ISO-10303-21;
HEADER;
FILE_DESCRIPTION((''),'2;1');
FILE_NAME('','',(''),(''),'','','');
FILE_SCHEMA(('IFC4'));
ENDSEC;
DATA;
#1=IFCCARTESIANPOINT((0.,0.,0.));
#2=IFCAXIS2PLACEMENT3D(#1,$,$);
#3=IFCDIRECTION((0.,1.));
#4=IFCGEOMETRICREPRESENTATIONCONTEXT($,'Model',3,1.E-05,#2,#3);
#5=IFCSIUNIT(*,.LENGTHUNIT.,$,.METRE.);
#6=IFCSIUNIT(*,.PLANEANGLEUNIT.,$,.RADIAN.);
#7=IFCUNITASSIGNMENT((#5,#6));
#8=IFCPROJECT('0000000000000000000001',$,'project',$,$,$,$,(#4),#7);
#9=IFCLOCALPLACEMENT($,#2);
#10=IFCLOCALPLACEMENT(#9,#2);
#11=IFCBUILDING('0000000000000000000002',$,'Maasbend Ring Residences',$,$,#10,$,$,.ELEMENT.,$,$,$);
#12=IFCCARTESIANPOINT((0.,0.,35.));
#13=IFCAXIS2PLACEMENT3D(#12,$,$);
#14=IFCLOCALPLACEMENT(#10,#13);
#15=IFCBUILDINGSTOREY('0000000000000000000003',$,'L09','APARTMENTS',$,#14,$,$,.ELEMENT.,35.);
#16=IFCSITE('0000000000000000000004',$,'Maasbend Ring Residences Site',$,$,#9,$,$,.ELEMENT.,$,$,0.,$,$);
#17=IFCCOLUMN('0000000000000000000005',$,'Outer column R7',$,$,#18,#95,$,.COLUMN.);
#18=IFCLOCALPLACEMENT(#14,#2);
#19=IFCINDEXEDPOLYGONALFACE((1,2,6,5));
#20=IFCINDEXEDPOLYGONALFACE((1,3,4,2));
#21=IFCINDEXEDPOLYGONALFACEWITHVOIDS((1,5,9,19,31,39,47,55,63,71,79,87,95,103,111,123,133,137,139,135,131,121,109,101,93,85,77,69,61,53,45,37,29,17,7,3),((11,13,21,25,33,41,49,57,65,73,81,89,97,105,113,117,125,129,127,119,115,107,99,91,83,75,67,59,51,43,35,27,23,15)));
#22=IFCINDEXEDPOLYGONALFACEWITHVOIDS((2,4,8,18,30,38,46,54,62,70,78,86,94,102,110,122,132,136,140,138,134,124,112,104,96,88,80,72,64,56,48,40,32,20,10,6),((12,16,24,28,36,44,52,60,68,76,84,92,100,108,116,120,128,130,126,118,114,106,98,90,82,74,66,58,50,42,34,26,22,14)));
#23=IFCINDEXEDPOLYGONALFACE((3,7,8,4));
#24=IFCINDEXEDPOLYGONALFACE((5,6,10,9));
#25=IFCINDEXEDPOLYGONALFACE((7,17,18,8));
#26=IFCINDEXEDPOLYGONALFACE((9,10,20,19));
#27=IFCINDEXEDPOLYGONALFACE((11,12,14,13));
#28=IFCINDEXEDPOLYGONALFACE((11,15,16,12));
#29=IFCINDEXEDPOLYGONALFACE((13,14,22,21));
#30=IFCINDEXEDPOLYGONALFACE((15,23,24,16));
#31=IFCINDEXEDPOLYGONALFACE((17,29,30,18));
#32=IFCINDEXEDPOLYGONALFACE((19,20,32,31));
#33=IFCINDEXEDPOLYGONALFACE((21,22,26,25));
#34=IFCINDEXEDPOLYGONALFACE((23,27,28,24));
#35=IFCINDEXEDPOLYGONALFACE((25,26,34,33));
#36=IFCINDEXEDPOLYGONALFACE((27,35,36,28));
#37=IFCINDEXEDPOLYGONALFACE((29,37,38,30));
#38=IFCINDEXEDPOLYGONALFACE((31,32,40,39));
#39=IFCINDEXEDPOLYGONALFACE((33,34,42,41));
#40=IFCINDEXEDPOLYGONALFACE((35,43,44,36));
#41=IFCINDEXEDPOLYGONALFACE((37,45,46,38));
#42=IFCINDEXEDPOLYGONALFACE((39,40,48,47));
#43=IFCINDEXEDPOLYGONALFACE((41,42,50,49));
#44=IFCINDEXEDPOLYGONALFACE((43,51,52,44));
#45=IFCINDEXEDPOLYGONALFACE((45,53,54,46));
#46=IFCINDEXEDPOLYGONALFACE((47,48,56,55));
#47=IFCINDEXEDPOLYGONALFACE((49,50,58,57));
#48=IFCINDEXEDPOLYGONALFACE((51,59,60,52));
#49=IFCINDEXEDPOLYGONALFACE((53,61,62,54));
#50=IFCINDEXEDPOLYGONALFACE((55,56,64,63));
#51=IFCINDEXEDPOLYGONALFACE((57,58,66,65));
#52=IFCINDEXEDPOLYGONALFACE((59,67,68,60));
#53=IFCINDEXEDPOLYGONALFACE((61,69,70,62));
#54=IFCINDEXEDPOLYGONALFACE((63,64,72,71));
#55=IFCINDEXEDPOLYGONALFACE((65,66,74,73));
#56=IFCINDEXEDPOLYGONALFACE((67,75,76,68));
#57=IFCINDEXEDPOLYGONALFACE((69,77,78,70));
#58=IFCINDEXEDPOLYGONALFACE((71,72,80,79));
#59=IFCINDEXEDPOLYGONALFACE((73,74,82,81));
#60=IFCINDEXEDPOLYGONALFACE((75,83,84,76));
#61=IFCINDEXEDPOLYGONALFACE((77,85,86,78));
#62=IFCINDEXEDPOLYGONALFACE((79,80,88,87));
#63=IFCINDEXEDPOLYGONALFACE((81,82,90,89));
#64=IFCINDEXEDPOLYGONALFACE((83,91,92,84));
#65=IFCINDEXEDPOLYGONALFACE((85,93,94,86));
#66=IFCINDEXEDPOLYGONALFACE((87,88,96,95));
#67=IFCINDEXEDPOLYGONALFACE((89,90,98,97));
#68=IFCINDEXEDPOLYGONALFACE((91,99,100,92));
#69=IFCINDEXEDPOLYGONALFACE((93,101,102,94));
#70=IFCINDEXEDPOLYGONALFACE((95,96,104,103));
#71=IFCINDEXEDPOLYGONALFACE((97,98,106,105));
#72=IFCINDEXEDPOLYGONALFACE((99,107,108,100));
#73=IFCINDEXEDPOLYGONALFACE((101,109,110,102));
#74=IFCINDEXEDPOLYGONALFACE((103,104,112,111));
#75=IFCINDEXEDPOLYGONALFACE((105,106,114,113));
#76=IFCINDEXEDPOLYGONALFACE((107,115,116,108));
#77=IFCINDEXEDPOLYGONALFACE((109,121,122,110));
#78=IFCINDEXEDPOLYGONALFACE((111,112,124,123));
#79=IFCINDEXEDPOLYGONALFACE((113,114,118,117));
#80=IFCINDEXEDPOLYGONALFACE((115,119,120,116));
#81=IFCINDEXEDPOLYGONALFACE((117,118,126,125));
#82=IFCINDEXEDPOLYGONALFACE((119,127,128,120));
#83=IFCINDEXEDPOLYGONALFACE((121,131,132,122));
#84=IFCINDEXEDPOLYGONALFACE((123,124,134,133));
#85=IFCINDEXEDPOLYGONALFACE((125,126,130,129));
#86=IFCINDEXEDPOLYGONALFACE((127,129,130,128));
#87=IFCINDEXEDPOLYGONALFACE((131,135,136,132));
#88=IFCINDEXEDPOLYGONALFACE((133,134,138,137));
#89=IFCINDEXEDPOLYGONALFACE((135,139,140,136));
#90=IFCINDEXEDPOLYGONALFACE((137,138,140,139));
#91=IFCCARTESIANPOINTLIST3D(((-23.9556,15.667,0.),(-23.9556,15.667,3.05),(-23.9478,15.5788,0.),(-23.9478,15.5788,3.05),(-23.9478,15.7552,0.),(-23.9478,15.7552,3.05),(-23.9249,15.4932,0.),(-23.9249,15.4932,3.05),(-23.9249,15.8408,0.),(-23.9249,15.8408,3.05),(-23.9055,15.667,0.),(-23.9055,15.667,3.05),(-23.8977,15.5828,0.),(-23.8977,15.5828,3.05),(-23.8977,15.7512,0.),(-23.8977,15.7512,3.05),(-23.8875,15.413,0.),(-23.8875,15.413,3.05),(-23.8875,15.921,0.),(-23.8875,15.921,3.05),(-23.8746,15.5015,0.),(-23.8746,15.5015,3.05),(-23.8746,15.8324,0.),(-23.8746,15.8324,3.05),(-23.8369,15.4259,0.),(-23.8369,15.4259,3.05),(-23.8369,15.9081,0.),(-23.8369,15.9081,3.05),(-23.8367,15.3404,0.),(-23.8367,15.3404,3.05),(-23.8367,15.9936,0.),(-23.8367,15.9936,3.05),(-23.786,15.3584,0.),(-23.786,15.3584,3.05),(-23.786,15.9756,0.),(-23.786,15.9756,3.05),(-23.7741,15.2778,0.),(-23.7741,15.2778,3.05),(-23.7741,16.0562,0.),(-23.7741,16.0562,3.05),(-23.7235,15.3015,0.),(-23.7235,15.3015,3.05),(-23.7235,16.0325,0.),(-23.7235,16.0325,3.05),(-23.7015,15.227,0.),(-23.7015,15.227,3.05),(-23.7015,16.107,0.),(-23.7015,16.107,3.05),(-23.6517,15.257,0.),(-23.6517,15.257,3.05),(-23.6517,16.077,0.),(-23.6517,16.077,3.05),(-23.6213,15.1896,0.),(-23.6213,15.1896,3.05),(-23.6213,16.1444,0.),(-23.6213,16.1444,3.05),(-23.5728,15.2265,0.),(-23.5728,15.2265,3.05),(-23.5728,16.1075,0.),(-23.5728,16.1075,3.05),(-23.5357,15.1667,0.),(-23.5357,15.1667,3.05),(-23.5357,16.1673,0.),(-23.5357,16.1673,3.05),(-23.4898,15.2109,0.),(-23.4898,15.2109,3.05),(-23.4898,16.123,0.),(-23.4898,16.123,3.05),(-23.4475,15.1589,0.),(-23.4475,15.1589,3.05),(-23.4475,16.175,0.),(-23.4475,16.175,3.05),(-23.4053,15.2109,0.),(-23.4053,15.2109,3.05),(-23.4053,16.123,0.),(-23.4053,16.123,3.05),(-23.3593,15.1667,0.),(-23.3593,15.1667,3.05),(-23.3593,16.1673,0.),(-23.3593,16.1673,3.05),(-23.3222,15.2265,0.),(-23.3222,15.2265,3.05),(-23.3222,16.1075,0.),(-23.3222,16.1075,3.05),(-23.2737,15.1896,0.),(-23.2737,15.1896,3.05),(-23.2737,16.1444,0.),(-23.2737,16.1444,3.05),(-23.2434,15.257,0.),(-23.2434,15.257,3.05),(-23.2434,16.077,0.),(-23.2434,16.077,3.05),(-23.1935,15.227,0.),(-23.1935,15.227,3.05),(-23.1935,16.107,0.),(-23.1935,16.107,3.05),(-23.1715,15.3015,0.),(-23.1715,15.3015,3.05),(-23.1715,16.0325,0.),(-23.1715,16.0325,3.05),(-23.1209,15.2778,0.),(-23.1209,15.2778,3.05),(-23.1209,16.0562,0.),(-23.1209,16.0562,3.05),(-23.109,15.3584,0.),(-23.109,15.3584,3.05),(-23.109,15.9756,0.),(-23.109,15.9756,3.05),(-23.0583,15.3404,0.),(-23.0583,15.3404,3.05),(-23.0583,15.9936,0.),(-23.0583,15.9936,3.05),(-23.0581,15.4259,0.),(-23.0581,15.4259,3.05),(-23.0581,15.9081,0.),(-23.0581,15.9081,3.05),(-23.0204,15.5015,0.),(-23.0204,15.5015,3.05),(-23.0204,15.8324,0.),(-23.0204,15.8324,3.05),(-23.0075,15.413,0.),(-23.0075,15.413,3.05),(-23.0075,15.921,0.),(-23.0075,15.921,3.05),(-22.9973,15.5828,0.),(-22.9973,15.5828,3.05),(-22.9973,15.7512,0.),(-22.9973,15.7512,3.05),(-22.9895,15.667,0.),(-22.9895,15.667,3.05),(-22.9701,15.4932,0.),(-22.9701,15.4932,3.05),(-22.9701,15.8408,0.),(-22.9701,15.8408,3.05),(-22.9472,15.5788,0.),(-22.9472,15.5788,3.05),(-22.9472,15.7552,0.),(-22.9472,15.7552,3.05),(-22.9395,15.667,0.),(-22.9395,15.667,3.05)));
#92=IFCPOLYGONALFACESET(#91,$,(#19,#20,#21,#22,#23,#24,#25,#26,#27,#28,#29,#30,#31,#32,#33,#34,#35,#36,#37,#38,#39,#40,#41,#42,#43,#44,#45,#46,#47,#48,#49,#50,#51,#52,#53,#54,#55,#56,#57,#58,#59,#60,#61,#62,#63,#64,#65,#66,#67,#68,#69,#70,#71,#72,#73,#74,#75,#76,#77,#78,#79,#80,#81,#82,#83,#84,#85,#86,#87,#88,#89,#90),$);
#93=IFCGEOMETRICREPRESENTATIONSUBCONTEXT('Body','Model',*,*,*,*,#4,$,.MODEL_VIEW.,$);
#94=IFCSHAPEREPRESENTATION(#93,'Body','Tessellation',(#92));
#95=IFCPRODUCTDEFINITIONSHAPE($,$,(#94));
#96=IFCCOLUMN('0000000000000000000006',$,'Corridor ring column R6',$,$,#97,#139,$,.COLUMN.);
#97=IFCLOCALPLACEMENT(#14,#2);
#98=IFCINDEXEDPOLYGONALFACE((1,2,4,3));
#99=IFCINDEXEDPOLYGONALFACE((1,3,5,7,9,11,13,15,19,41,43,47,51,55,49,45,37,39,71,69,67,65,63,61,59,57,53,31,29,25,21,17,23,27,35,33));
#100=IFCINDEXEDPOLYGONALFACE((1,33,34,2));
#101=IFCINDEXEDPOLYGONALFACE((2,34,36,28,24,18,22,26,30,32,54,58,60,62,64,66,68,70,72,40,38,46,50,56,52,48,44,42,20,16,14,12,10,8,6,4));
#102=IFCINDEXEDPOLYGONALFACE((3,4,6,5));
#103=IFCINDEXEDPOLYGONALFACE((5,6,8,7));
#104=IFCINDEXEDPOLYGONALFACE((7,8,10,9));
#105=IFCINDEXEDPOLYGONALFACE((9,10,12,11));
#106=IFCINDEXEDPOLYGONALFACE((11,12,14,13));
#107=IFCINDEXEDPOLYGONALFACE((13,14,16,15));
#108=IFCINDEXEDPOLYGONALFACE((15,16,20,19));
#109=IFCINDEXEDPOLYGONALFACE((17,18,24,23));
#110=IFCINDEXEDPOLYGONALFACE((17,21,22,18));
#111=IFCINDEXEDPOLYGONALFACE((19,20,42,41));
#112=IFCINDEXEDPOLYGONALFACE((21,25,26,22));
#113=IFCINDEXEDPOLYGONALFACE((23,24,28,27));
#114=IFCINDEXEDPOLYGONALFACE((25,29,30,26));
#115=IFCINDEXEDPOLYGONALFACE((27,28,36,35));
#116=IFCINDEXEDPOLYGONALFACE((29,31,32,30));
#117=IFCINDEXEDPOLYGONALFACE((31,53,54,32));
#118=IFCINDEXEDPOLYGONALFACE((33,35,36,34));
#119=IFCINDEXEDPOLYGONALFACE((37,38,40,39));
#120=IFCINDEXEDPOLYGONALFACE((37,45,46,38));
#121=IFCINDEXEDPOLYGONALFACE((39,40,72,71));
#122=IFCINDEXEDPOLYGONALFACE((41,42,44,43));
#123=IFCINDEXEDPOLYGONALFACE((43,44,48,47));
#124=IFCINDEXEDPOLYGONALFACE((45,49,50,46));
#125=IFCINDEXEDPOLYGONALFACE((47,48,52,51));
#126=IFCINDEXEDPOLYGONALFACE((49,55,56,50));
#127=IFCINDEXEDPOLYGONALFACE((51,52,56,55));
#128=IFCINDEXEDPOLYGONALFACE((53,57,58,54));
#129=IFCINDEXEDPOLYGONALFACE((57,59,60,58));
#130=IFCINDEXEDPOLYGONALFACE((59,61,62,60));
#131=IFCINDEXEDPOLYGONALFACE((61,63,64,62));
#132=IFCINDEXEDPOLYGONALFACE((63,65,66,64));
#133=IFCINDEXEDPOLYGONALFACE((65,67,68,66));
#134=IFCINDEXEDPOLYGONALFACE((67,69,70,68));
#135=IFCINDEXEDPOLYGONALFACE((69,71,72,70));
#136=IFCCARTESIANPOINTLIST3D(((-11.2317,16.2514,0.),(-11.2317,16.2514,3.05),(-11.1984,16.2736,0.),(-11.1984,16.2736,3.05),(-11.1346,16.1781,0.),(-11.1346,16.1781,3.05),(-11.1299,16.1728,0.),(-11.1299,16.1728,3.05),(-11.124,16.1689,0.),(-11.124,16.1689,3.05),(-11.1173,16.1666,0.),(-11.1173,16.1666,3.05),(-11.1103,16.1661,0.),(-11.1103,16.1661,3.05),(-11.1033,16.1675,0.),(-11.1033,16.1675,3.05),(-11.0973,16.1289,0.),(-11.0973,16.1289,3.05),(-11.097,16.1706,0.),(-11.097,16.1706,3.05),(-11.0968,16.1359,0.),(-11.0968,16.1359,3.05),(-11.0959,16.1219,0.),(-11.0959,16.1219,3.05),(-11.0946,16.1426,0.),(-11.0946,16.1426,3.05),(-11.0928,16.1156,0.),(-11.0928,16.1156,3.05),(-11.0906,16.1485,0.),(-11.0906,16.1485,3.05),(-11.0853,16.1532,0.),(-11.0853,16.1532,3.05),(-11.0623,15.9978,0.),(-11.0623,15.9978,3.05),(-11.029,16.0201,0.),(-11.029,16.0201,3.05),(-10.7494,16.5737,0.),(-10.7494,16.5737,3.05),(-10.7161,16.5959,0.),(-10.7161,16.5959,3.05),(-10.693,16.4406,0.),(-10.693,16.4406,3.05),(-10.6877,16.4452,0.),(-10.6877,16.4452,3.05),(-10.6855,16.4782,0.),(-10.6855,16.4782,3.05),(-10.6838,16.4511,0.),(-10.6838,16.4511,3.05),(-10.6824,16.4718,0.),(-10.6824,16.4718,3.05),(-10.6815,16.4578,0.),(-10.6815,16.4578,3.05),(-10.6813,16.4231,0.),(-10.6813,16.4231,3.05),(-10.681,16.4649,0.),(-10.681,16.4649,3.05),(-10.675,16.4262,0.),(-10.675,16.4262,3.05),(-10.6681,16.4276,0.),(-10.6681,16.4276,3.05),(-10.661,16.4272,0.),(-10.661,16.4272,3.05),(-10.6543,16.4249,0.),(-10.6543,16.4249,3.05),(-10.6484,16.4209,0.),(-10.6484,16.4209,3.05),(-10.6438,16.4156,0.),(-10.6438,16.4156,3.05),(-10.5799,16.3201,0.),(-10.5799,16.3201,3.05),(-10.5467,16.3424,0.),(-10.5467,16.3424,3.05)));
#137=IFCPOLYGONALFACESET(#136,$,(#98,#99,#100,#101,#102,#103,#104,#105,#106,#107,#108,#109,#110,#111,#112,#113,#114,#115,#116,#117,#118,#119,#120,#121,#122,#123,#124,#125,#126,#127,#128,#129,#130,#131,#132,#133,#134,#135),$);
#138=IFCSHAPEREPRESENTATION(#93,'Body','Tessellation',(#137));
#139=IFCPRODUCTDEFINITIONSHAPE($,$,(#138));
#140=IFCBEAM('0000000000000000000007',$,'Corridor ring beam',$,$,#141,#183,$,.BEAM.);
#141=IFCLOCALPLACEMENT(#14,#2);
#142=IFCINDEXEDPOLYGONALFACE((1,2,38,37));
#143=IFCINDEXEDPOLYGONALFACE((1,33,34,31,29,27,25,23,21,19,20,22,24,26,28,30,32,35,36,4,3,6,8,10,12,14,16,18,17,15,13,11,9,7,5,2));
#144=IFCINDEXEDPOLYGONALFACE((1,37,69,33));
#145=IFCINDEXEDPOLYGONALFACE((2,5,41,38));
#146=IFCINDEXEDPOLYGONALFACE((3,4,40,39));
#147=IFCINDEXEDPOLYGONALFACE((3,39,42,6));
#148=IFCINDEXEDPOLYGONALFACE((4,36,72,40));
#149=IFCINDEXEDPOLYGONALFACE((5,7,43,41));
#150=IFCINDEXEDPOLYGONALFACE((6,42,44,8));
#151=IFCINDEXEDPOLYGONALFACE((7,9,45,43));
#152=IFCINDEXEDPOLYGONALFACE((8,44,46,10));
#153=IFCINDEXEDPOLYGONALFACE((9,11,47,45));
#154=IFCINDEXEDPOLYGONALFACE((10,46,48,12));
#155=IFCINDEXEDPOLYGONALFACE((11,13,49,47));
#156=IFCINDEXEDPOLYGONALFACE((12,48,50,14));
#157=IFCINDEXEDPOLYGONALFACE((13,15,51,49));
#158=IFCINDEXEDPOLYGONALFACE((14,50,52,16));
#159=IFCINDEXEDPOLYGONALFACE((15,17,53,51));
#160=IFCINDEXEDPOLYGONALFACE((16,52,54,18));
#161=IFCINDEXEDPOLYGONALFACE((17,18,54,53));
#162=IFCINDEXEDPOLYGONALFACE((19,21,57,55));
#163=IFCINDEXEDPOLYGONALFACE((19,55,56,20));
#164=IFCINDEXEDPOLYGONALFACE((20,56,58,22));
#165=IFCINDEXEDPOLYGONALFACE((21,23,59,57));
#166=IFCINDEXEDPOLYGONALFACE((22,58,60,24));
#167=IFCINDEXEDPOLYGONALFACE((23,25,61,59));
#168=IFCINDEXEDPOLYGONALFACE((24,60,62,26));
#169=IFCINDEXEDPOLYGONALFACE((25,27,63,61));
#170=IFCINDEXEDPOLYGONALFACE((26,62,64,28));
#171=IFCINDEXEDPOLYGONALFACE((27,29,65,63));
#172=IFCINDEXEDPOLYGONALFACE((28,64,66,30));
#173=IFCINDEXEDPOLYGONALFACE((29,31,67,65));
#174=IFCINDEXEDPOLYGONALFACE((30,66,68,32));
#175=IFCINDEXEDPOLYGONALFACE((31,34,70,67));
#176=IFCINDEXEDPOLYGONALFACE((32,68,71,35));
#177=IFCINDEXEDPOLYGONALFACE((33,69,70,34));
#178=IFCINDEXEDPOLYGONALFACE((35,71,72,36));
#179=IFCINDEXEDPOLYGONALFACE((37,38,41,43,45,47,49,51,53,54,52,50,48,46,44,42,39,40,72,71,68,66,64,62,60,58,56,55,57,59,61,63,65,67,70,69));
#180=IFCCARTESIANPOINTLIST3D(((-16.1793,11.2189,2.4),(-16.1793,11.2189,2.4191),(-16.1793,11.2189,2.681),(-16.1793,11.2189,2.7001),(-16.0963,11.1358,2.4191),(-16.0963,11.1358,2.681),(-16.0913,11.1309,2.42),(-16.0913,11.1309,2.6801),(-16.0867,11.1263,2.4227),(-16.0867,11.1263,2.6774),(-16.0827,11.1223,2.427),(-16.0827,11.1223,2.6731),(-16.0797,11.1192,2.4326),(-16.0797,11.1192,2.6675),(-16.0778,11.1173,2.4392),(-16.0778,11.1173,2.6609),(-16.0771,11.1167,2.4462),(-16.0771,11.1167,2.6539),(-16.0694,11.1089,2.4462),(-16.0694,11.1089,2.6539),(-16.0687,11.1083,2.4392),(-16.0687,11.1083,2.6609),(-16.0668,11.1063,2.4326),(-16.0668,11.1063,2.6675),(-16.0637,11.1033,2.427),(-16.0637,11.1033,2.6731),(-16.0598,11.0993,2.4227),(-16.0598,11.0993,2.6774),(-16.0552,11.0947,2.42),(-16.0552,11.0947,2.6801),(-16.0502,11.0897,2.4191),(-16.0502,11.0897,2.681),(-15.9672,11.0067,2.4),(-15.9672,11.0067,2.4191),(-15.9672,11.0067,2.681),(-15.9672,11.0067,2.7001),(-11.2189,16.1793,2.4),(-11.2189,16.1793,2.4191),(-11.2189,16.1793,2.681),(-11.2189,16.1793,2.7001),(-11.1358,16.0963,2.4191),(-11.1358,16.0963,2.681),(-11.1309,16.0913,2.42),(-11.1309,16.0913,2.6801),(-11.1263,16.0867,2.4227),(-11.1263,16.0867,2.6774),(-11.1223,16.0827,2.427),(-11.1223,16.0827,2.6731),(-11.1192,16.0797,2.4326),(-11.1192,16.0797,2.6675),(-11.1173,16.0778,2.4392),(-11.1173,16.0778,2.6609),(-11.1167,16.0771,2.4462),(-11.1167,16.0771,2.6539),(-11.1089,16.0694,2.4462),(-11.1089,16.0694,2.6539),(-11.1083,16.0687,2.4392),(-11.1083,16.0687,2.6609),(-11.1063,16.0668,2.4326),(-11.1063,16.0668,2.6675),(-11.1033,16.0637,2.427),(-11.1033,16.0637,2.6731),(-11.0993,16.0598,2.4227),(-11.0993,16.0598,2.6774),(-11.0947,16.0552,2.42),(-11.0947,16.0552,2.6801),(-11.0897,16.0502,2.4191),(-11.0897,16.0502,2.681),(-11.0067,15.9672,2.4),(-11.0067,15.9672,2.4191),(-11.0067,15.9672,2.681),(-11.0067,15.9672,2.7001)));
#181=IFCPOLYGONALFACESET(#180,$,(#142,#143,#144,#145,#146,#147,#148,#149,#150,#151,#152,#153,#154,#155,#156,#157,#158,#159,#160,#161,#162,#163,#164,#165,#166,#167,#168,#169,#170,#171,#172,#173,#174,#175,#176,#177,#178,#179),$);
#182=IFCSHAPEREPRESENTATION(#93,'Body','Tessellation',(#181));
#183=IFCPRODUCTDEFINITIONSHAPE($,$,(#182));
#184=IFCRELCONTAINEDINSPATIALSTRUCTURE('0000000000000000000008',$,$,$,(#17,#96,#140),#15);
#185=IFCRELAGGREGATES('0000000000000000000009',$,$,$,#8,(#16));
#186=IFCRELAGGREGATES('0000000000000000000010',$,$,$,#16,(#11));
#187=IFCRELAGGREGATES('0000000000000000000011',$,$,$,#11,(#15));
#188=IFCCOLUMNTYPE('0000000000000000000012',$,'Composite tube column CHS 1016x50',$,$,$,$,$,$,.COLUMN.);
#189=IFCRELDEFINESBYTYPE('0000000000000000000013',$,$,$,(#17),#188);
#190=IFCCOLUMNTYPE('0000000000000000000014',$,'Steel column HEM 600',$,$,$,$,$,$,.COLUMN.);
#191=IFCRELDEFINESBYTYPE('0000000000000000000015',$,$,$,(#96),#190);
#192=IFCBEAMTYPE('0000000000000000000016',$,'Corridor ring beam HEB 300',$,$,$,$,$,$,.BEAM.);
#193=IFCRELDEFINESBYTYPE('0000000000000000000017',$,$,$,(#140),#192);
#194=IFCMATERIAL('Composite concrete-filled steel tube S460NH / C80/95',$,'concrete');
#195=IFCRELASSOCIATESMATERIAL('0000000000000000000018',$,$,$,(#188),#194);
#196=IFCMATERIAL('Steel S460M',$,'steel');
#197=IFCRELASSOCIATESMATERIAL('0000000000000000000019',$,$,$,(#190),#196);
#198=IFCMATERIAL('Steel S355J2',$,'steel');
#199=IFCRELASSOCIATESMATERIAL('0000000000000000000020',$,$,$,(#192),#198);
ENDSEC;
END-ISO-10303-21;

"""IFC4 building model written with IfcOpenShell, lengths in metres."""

from ifc_helpers import new_model, si_unit, direction, frame, origin, origin_2d, place, context, subcontext, project, spatial, hollow_circle, i_section, extrude, material, material_profile, profile_set, type_object, element, save


model = new_model("IFC4")

# Units and contexts
model_context = context("Model", 3, precision=1e-05, world=origin(), true_north=direction((0.0, 1.0)))
body_context = subcontext(model_context, "Body", "Model", "MODEL_VIEW")
ifc_project = project(units=[si_unit("LENGTHUNIT", "METRE"), si_unit("PLANEANGLEUNIT", "RADIAN")], contexts=[model_context])

# Site, building, storey
site_placement = place(None, origin())
site = spatial("IfcSite", under=ifc_project, at=site_placement, Name="Maasbend Ring Residences Site", CompositionType="ELEMENT", RefElevation=0.0)
building_placement = place(site_placement, origin())
building = spatial("IfcBuilding", under=site, at=building_placement, Name="Maasbend Ring Residences", CompositionType="ELEMENT")
storey_placement = place(building_placement, frame((0.0, 0.0, 35.0)))
storey = spatial("IfcBuildingStorey", under=building, at=storey_placement, Name="L09", Description="APARTMENTS", CompositionType="ELEMENT", Elevation=35.0)

# Columns
ifc_material_1 = material(Name="Composite concrete-filled steel tube S460NH / C80/95", Category="concrete")
ifc_material_profile_1 = material_profile(ifc_material_1, hollow_circle(Radius=0.5081, WallThickness=0.05, at=origin_2d()), Name="Composite tube column CHS 1016x50")
ifc_profile_set_1 = profile_set([ifc_material_profile_1], Name="Composite concrete-filled steel tube S460NH / C80/95")
column_type_1 = type_object("IfcColumnType", Name="Composite tube column CHS 1016x50", PredefinedType="COLUMN", material=ifc_profile_set_1)
column_1_placement = place(storey_placement, frame((-23.4475, 15.667, 0.0), z_axis=(0.0, 0.0, 1.0), x_axis=(1.0, 0.0, 0.0)))
element("IfcColumn", 1, at=column_1_placement, inside=storey, type_object=column_type_1, Name="Outer column R7", PredefinedType="COLUMN", context=body_context, shape_type="SweptSolid", body=[
    extrude(hollow_circle(Radius=0.5081, WallThickness=0.05, at=origin_2d()), origin(), (0.0, 0.0, 1.0), 3.05),
])
ifc_material_2 = material(Name="Steel S460M", Category="steel")
ifc_material_profile_2 = material_profile(ifc_material_2, i_section(OverallWidth=0.3049, OverallDepth=0.6201, WebThickness=0.021, FlangeThickness=0.04, FilletRadius=0.0271, at=origin_2d()), Name="HEM 600")
ifc_profile_set_2 = profile_set([ifc_material_profile_2], Name="Steel S460M")
column_type_2 = type_object("IfcColumnType", Name="Steel column HEM 600", PredefinedType="COLUMN", material=ifc_profile_set_2)
column_2_placement = place(storey_placement, frame((-10.8892, 16.2969, 0.0), z_axis=(0.0, 0.0, 1.0), x_axis=(-0.55557, 0.83147, 0.0)))
element("IfcColumn", 2, at=column_2_placement, inside=storey, type_object=column_type_2, Name="Corridor ring column R6", PredefinedType="COLUMN", context=body_context, shape_type="SweptSolid", body=[
    extrude(i_section(OverallWidth=0.3049, OverallDepth=0.6201, WebThickness=0.021, FlangeThickness=0.04, FilletRadius=0.0271, at=origin_2d()), origin(), (0.0, 0.0, 1.0), 3.05),
])

# Beam
ifc_material_3 = material(Name="Steel S355J2", Category="steel")
ifc_material_profile_3 = material_profile(ifc_material_3, i_section(OverallWidth=0.3, OverallDepth=0.3, WebThickness=0.011, FlangeThickness=0.019, FilletRadius=0.0271, at=origin_2d()), Name="HEB 300")
ifc_profile_set_3 = profile_set([ifc_material_profile_3], Name="Steel S355J2")
beam_type = type_object("IfcBeamType", Name="Corridor ring beam HEB 300", PredefinedType="BEAM", material=ifc_profile_set_3)
beam_placement = place(storey_placement, frame((-11.1128, 16.0732, 2.55), z_axis=(-0.707107, -0.707107, 0.0), x_axis=(0.707107, -0.707107, 0.0)))
element("IfcBeam", 3, at=beam_placement, inside=storey, type_object=beam_type, Name="Corridor ring beam", PredefinedType="BEAM", context=body_context, shape_type="SweptSolid", body=[
    extrude(i_section(OverallWidth=0.3, OverallDepth=0.3, WebThickness=0.011, FlangeThickness=0.019, FilletRadius=0.0271, at=origin_2d()), origin(), (0.0, 0.0, 1.0), 7.0151),
])

save(model, "model.ifc")
